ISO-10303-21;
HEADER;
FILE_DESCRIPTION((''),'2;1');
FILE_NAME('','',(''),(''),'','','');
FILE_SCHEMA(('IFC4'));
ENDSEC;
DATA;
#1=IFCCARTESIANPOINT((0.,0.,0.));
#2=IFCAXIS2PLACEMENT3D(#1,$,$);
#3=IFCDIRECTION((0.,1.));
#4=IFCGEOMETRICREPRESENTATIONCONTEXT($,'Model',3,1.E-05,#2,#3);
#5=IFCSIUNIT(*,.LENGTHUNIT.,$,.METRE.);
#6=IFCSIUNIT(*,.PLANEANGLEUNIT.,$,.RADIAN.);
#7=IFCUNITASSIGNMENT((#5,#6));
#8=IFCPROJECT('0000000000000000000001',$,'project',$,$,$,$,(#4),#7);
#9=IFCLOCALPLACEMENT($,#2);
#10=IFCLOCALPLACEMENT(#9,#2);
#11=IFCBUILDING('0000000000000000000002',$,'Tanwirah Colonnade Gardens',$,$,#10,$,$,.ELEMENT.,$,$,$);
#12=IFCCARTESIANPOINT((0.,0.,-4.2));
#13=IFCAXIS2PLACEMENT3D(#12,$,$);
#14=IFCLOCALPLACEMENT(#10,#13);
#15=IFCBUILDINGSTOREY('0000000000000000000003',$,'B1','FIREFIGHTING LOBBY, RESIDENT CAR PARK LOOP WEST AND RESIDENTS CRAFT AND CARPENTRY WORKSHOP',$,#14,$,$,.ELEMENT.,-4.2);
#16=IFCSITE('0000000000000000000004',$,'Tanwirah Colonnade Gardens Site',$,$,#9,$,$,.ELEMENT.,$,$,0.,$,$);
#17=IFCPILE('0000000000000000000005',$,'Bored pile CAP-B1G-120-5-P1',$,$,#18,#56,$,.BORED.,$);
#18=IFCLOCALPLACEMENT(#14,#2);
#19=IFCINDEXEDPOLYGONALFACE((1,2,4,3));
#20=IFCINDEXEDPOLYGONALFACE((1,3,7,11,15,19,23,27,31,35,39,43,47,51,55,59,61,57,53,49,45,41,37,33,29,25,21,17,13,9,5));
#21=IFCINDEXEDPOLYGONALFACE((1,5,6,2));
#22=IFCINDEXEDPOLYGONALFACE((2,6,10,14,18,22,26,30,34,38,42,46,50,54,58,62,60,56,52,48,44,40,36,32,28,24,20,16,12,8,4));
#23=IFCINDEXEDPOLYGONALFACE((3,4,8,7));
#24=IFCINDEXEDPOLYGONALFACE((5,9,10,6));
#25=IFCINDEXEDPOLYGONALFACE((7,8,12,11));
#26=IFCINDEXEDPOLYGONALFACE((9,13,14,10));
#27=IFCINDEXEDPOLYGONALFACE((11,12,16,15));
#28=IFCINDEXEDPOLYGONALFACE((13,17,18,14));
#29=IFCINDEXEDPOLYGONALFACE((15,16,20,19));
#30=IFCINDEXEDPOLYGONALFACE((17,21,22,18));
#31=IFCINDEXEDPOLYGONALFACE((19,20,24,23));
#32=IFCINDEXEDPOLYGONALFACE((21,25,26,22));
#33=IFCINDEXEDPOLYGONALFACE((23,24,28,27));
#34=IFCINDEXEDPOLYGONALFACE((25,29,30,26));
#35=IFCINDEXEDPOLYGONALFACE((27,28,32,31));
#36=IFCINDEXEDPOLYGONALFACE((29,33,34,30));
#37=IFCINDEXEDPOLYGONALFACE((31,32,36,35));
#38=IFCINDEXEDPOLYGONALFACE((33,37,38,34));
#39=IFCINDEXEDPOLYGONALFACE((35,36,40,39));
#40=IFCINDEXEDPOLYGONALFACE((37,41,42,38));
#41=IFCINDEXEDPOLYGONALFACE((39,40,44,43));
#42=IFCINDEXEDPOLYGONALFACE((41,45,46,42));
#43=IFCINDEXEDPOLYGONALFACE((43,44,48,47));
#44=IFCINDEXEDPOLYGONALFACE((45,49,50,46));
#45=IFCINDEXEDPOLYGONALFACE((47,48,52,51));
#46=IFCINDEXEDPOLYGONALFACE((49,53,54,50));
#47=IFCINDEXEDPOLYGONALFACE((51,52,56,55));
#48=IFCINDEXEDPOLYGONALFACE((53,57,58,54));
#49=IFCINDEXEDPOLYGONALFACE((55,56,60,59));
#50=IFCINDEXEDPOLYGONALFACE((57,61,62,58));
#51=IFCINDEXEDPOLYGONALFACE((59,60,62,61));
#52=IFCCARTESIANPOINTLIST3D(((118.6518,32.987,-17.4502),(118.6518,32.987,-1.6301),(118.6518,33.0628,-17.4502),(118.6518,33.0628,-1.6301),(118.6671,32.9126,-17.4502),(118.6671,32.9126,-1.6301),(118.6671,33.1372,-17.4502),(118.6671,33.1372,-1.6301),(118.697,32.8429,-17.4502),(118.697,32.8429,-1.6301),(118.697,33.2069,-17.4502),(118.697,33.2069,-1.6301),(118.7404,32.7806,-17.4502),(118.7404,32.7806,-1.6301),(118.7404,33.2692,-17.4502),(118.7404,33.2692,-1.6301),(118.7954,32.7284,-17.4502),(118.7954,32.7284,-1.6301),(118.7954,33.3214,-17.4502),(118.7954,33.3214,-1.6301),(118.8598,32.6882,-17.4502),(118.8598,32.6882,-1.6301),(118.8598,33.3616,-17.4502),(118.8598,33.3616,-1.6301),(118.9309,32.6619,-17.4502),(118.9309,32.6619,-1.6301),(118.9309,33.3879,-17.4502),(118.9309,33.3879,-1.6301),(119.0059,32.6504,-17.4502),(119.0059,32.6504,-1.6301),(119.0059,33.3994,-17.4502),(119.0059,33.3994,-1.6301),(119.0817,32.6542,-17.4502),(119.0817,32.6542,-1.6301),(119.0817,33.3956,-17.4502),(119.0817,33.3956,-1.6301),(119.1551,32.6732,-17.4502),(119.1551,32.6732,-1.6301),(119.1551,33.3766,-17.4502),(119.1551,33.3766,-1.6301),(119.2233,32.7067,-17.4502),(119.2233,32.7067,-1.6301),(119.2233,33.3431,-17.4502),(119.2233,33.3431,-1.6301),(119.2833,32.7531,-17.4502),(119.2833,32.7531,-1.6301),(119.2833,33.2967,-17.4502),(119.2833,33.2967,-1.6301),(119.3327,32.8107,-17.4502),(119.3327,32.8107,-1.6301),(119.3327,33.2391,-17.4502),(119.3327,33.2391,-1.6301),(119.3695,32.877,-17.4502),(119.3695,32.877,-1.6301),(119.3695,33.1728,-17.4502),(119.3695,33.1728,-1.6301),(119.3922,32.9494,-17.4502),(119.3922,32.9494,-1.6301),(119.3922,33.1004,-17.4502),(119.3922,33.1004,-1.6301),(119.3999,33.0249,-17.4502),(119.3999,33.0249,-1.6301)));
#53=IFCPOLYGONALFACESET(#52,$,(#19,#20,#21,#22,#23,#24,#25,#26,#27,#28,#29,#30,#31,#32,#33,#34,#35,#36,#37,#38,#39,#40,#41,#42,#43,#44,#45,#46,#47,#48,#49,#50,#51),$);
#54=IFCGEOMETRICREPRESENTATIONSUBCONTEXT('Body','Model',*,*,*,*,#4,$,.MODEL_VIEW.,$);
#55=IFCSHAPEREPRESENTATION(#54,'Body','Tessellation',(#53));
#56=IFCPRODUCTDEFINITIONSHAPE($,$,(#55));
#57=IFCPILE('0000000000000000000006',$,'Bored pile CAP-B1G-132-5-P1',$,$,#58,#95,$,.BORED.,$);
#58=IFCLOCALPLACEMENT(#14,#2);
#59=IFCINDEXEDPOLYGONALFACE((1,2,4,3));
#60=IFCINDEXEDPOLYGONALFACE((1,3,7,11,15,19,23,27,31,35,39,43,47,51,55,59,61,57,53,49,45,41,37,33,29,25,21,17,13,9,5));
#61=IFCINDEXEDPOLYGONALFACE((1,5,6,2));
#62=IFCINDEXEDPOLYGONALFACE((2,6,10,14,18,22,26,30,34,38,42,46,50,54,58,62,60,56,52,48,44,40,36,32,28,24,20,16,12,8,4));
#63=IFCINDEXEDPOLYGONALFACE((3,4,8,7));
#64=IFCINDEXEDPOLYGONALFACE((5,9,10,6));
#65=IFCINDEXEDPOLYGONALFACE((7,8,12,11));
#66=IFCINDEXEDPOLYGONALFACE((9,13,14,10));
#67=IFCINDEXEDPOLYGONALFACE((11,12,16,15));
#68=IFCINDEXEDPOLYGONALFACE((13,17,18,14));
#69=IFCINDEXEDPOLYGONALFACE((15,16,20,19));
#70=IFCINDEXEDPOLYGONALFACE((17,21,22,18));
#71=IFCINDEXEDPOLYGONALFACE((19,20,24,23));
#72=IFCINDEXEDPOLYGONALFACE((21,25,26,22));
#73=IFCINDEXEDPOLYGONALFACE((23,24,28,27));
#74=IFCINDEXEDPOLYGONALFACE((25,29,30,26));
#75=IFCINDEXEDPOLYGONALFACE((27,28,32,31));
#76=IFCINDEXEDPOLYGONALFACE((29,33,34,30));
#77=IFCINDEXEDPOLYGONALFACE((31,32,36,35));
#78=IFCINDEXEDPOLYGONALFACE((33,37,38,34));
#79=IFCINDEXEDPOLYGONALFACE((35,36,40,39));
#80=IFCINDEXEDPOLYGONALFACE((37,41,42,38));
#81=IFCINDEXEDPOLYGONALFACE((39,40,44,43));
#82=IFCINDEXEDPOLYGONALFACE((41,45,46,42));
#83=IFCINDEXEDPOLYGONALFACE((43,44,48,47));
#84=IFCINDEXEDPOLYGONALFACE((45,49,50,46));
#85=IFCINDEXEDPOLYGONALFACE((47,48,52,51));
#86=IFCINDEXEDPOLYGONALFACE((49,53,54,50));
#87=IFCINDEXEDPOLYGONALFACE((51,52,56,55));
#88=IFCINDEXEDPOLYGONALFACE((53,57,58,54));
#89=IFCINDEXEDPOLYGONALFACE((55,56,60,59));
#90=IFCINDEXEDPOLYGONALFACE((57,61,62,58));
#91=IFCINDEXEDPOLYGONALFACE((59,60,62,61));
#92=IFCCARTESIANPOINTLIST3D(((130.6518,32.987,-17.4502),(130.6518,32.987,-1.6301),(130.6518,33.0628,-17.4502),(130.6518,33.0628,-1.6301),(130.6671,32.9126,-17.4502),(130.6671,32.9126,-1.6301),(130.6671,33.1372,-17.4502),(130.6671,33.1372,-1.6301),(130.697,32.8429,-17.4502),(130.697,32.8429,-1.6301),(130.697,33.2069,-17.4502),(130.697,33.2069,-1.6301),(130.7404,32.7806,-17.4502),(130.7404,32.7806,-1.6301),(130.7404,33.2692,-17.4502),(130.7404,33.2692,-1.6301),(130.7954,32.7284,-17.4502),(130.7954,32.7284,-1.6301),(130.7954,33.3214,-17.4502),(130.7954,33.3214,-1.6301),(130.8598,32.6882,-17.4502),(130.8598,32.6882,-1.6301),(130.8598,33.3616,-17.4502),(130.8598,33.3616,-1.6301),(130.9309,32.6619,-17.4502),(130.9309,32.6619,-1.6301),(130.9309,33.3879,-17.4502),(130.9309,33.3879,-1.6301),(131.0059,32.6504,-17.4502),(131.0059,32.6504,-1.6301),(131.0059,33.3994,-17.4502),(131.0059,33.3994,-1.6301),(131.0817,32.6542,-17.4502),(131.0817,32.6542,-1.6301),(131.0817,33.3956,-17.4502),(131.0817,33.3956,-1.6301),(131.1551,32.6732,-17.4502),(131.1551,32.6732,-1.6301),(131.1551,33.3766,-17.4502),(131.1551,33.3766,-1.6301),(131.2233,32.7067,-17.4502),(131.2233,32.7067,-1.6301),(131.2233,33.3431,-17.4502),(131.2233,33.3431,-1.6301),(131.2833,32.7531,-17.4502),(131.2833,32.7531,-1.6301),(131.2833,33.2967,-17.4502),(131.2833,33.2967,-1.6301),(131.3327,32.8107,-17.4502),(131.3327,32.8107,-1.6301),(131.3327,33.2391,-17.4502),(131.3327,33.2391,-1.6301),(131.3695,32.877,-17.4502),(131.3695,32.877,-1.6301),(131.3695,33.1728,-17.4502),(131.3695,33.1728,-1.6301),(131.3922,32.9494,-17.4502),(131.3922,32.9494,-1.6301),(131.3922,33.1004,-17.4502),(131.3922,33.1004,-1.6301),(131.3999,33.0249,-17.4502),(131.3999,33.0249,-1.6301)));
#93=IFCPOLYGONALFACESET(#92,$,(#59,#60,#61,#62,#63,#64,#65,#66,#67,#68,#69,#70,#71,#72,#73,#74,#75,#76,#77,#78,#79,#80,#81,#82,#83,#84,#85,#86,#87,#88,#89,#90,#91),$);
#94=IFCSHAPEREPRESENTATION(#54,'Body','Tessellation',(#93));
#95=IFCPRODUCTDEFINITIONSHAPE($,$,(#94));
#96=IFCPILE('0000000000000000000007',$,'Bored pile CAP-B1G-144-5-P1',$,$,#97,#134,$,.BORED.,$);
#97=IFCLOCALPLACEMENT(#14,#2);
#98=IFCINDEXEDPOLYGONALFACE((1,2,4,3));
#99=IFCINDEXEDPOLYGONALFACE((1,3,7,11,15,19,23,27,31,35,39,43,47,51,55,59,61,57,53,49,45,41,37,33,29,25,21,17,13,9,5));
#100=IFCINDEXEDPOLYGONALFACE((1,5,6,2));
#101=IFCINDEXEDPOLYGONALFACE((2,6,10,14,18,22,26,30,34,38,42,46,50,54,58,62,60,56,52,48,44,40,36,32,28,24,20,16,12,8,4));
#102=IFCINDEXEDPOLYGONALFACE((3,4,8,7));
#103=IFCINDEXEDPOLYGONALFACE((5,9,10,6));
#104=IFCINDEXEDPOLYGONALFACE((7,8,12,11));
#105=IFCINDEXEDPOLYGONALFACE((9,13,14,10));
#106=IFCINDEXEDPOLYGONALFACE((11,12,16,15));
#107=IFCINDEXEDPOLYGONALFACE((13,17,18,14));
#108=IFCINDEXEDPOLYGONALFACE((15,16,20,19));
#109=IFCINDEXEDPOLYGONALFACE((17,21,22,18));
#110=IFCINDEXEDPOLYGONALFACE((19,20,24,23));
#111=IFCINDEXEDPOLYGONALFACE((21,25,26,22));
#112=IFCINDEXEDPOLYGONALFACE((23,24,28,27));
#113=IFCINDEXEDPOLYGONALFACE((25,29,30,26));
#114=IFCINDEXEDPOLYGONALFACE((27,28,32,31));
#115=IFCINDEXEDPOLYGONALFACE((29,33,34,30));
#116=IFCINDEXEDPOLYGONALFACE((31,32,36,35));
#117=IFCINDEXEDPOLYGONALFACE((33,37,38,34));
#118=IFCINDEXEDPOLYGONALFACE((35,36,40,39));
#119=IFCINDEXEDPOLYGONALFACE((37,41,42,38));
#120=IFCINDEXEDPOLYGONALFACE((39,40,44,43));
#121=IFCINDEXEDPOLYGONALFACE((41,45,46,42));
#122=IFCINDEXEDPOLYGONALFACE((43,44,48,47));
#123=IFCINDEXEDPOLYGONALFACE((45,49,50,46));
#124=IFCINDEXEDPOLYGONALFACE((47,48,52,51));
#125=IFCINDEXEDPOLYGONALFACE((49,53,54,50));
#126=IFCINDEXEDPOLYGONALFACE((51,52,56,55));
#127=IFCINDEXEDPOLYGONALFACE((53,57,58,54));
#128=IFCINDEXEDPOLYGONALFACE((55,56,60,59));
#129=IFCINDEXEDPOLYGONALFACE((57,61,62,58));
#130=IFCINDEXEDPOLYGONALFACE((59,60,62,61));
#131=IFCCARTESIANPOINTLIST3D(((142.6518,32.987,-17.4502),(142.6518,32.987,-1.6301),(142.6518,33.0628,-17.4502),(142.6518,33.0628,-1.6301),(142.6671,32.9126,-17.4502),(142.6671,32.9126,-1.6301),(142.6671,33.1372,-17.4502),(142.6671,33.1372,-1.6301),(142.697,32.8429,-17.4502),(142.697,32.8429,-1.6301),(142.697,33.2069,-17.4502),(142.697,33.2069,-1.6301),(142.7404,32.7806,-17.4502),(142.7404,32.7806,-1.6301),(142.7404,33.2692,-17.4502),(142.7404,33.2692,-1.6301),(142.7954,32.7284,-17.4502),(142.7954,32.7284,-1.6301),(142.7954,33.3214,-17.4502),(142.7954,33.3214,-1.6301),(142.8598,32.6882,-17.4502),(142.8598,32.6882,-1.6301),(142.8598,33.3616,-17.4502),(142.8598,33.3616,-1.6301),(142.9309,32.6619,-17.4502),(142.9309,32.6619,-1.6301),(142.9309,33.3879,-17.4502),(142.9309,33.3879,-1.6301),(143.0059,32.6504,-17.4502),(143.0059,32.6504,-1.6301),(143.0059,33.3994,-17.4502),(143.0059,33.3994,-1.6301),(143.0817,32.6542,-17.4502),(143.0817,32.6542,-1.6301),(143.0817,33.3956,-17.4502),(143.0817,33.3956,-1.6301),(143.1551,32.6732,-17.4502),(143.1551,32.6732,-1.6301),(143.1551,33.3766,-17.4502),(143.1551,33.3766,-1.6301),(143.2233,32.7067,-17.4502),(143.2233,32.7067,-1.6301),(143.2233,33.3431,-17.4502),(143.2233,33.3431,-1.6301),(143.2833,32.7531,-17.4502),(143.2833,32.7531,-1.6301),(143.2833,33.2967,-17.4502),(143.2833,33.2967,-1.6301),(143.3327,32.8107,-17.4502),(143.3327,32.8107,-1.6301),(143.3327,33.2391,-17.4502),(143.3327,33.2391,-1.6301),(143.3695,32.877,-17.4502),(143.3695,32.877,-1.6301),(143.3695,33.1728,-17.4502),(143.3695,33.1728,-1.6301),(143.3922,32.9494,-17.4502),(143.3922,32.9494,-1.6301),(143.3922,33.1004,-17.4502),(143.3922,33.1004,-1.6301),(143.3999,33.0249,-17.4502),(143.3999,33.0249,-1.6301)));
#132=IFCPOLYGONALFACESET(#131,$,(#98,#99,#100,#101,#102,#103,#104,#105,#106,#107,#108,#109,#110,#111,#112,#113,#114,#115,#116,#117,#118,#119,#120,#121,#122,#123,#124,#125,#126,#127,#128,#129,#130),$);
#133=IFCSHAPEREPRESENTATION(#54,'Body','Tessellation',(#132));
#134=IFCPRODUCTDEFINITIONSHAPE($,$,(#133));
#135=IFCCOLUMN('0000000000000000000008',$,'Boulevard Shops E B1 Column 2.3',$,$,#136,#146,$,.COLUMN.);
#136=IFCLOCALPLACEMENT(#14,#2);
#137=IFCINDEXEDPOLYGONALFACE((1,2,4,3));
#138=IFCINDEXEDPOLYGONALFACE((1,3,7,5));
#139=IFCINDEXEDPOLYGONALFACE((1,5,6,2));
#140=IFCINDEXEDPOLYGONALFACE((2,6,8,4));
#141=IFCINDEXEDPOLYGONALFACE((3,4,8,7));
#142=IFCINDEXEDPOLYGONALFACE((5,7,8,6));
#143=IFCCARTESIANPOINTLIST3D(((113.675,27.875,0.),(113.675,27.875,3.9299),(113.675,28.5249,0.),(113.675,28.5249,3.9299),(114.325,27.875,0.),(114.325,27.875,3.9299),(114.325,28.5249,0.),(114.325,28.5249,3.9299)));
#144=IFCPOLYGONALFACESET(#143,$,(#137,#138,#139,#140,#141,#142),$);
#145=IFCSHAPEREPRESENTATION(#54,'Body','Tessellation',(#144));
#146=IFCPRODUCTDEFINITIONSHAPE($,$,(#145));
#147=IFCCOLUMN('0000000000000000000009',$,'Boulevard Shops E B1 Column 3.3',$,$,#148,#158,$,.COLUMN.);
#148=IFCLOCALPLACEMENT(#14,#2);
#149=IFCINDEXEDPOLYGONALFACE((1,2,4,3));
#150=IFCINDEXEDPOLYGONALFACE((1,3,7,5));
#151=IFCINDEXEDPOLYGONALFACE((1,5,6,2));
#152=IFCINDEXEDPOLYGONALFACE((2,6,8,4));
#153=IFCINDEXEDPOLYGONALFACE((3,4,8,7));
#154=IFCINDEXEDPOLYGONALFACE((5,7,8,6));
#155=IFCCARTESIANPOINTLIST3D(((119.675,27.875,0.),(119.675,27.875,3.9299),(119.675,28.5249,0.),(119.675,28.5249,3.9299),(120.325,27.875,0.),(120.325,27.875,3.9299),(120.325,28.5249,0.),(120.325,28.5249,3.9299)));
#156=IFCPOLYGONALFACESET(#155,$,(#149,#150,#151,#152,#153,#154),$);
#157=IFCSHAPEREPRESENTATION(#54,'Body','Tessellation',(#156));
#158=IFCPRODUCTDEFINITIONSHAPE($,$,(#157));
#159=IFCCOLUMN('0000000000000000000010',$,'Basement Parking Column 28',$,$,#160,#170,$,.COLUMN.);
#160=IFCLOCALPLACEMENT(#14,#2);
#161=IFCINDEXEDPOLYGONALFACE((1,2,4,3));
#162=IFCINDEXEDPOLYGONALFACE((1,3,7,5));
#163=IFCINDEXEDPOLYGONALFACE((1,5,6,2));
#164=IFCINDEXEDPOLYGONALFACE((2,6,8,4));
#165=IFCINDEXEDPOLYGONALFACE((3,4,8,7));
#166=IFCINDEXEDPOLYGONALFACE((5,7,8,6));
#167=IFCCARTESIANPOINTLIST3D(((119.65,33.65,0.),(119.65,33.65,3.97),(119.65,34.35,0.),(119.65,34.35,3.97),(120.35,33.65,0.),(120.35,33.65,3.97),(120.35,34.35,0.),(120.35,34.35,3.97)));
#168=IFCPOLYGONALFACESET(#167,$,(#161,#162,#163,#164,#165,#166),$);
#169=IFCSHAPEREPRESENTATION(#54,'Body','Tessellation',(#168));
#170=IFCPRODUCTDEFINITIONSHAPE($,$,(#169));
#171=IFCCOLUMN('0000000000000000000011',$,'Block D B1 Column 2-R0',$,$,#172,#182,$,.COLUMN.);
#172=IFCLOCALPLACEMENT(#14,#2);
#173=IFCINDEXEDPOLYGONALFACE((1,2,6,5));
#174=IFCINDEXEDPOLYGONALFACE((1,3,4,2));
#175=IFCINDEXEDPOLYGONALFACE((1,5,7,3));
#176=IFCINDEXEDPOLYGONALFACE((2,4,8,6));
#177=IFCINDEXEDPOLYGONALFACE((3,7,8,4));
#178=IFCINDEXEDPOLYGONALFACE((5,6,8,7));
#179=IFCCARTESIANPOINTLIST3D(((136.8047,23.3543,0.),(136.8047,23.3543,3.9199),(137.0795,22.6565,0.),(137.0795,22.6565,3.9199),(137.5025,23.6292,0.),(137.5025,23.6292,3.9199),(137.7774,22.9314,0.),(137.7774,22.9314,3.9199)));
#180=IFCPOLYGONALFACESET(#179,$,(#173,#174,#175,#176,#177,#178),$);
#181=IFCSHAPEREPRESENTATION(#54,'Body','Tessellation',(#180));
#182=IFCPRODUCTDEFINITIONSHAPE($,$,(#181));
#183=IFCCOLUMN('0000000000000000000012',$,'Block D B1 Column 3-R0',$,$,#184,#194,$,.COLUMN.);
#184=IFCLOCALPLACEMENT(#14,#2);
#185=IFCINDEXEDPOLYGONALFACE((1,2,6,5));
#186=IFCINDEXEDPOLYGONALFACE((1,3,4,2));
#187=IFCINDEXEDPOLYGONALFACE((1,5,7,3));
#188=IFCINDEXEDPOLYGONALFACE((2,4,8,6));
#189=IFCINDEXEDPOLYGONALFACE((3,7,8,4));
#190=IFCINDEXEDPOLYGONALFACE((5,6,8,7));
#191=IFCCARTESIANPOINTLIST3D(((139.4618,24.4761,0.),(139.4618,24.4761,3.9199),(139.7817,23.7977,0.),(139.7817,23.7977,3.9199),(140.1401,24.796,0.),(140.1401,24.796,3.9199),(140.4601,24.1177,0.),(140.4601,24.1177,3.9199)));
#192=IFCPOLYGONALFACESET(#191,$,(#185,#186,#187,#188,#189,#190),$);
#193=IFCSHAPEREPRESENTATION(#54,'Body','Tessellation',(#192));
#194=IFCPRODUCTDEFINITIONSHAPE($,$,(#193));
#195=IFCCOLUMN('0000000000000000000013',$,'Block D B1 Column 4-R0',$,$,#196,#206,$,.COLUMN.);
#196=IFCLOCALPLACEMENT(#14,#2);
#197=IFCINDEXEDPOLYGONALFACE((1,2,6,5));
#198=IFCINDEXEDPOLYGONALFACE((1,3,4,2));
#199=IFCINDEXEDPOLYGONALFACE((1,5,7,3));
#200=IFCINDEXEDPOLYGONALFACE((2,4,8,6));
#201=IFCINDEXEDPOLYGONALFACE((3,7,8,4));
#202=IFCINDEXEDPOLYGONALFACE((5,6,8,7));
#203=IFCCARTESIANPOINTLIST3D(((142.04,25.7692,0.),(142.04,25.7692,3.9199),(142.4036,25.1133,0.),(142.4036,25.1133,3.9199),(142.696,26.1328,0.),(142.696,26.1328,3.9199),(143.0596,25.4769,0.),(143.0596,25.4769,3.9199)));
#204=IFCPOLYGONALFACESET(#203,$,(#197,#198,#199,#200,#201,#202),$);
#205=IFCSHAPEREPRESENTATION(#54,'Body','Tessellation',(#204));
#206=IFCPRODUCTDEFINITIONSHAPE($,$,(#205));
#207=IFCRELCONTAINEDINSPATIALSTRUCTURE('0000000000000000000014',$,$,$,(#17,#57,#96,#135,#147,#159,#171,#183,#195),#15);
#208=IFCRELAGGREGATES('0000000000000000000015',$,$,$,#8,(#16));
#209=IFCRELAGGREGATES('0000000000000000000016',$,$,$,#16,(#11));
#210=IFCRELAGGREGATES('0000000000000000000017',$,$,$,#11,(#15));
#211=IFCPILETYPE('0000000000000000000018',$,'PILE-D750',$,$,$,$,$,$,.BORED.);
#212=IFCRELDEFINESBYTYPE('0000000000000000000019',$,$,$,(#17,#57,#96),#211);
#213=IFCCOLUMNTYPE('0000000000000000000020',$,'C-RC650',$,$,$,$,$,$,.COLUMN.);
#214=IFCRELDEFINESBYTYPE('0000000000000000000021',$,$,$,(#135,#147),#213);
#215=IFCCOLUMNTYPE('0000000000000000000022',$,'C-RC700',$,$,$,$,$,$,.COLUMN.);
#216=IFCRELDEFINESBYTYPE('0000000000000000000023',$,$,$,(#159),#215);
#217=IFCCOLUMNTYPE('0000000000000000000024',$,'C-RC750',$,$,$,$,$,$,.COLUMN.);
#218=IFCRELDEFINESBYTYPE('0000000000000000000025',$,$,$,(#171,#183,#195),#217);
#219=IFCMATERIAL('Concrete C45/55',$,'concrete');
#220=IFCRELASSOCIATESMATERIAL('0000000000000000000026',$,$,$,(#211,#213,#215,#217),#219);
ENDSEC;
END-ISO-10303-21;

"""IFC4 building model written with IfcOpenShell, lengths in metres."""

from ifc_helpers import new_model, si_unit, direction, frame, origin, origin_2d, place, context, subcontext, project, spatial, rectangle, circle, extrude, material, material_profile, profile_set, type_object, element, save


model = new_model("IFC4")

# Units and contexts
model_context = context("Model", 3, precision=1e-05, world=origin(), true_north=direction((0.0, 1.0)))
body_context = subcontext(model_context, "Body", "Model", "MODEL_VIEW")
ifc_project = project(units=[si_unit("LENGTHUNIT", "METRE"), si_unit("PLANEANGLEUNIT", "RADIAN")], contexts=[model_context])

# Site, building, storey
site_placement = place(None, origin())
site = spatial("IfcSite", under=ifc_project, at=site_placement, Name="Tanwirah Colonnade Gardens Site", CompositionType="ELEMENT", RefElevation=0.0)
building_placement = place(site_placement, origin())
building = spatial("IfcBuilding", under=site, at=building_placement, Name="Tanwirah Colonnade Gardens", CompositionType="ELEMENT")
storey_placement = place(building_placement, frame((0.0, 0.0, -4.2)))
storey = spatial("IfcBuildingStorey", under=building, at=storey_placement, Name="B1", Description="FIREFIGHTING LOBBY, RESIDENT CAR PARK LOOP WEST AND RESIDENTS CRAFT AND CARPENTRY WORKSHOP", CompositionType="ELEMENT", Elevation=-4.2)

# Shared definitions
ifc_material_1 = material(Name="Concrete C45/55", Category="concrete")

# Piles
ifc_material_profile_1 = material_profile(ifc_material_1, circle(Radius=0.375, at=origin_2d()), Name="PILE D750")
ifc_profile_set_1 = profile_set([ifc_material_profile_1], Name="Concrete C45/55")
pile_type_1 = type_object("IfcPileType", Name="PILE-D750", PredefinedType="BORED", material=ifc_profile_set_1)
for number, where, z_axis, x_axis, name in (
    (1, (119.0249, 33.0249, -1.6301), (0.0, 0.0, -1.0), (1.0, 0.0, 0.0), "Bored pile CAP-B1G-120-5-P1"),
    (2, (131.0249, 33.0249, -1.6301), (0.0, 0.0, -1.0), (1.0, 0.0, 0.0), "Bored pile CAP-B1G-132-5-P1"),
    (3, (143.0249, 33.0249, -1.6301), (0.0, 0.0, -1.0), (1.0, 0.0, 0.0), "Bored pile CAP-B1G-144-5-P1"),
):
    element("IfcPile", number, at=place(storey_placement, frame(where, z_axis=z_axis, x_axis=x_axis)), inside=storey, type_object=pile_type_1, Name=name, PredefinedType="BORED", context=body_context, shape_type="SweptSolid", body=[
        extrude(circle(Radius=0.375, at=origin_2d()), origin(), (0.0, 0.0, 1.0), 15.8201),
    ])

# Columns
ifc_material_profile_2 = material_profile(ifc_material_1, rectangle(XDim=0.6499, YDim=0.6499, at=origin_2d()), Name="RC-COL 650x650")
ifc_profile_set_2 = profile_set([ifc_material_profile_2], Name="Concrete C45/55")
column_type_1 = type_object("IfcColumnType", Name="C-RC650", PredefinedType="COLUMN", material=ifc_profile_set_2)
for number, where, z_axis, x_axis, name in (
    (4, (114.0, 28.2, 0.0), (0.0, 0.0, 1.0), (1.0, 0.0, 0.0), "Boulevard Shops E B1 Column 2.3"),
    (5, (120.0, 28.2, 0.0), (0.0, 0.0, 1.0), (1.0, 0.0, 0.0), "Boulevard Shops E B1 Column 3.3"),
):
    element("IfcColumn", number, at=place(storey_placement, frame(where, z_axis=z_axis, x_axis=x_axis)), inside=storey, type_object=column_type_1, Name=name, PredefinedType="COLUMN", context=body_context, shape_type="SweptSolid", body=[
        extrude(rectangle(XDim=0.6499, YDim=0.6499, at=origin_2d()), origin(), (0.0, 0.0, 1.0), 3.9299),
    ])
ifc_material_profile_3 = material_profile(ifc_material_1, rectangle(XDim=0.7, YDim=0.7, at=origin_2d()), Name="RC-COL 700x700")
ifc_profile_set_3 = profile_set([ifc_material_profile_3], Name="Concrete C45/55")
column_type_2 = type_object("IfcColumnType", Name="C-RC700", PredefinedType="COLUMN", material=ifc_profile_set_3)
column_placement = place(storey_placement, frame((120.0, 34.0, 0.0), z_axis=(0.0, 0.0, 1.0), x_axis=(1.0, 0.0, 0.0)))
element("IfcColumn", 6, at=column_placement, inside=storey, type_object=column_type_2, Name="Basement Parking Column 28", PredefinedType="COLUMN", context=body_context, shape_type="SweptSolid", body=[
    extrude(rectangle(XDim=0.7, YDim=0.7, at=origin_2d()), origin(), (0.0, 0.0, 1.0), 3.97),
])
ifc_material_profile_4 = material_profile(ifc_material_1, rectangle(XDim=0.75, YDim=0.75, at=origin_2d()), Name="RC-COL 750x750")
ifc_profile_set_4 = profile_set([ifc_material_profile_4], Name="Concrete C45/55")
column_type_3 = type_object("IfcColumnType", Name="C-RC750", PredefinedType="COLUMN", material=ifc_profile_set_4)
for number, where, z_axis, x_axis, name in (
    (7, (137.291, 23.1428, 0.0), (0.0, 0.0, 1.0), (0.366501, -0.930418, 0.0), "Block D B1 Column 2-R0"),
    (8, (139.9609, 24.2969, 0.0), (0.0, 0.0, 1.0), (0.426569, -0.904455, 0.0), "Block D B1 Column 3-R0"),
    (9, (142.5498, 25.623, 0.0), (0.0, 0.0, 1.0), (0.48481, -0.87462, 0.0), "Block D B1 Column 4-R0"),
):
    element("IfcColumn", number, at=place(storey_placement, frame(where, z_axis=z_axis, x_axis=x_axis)), inside=storey, type_object=column_type_3, Name=name, PredefinedType="COLUMN", context=body_context, shape_type="SweptSolid", body=[
        extrude(rectangle(XDim=0.75, YDim=0.75, at=origin_2d()), origin(), (0.0, 0.0, 1.0), 3.9199),
    ])

save(model, "model.ifc")
